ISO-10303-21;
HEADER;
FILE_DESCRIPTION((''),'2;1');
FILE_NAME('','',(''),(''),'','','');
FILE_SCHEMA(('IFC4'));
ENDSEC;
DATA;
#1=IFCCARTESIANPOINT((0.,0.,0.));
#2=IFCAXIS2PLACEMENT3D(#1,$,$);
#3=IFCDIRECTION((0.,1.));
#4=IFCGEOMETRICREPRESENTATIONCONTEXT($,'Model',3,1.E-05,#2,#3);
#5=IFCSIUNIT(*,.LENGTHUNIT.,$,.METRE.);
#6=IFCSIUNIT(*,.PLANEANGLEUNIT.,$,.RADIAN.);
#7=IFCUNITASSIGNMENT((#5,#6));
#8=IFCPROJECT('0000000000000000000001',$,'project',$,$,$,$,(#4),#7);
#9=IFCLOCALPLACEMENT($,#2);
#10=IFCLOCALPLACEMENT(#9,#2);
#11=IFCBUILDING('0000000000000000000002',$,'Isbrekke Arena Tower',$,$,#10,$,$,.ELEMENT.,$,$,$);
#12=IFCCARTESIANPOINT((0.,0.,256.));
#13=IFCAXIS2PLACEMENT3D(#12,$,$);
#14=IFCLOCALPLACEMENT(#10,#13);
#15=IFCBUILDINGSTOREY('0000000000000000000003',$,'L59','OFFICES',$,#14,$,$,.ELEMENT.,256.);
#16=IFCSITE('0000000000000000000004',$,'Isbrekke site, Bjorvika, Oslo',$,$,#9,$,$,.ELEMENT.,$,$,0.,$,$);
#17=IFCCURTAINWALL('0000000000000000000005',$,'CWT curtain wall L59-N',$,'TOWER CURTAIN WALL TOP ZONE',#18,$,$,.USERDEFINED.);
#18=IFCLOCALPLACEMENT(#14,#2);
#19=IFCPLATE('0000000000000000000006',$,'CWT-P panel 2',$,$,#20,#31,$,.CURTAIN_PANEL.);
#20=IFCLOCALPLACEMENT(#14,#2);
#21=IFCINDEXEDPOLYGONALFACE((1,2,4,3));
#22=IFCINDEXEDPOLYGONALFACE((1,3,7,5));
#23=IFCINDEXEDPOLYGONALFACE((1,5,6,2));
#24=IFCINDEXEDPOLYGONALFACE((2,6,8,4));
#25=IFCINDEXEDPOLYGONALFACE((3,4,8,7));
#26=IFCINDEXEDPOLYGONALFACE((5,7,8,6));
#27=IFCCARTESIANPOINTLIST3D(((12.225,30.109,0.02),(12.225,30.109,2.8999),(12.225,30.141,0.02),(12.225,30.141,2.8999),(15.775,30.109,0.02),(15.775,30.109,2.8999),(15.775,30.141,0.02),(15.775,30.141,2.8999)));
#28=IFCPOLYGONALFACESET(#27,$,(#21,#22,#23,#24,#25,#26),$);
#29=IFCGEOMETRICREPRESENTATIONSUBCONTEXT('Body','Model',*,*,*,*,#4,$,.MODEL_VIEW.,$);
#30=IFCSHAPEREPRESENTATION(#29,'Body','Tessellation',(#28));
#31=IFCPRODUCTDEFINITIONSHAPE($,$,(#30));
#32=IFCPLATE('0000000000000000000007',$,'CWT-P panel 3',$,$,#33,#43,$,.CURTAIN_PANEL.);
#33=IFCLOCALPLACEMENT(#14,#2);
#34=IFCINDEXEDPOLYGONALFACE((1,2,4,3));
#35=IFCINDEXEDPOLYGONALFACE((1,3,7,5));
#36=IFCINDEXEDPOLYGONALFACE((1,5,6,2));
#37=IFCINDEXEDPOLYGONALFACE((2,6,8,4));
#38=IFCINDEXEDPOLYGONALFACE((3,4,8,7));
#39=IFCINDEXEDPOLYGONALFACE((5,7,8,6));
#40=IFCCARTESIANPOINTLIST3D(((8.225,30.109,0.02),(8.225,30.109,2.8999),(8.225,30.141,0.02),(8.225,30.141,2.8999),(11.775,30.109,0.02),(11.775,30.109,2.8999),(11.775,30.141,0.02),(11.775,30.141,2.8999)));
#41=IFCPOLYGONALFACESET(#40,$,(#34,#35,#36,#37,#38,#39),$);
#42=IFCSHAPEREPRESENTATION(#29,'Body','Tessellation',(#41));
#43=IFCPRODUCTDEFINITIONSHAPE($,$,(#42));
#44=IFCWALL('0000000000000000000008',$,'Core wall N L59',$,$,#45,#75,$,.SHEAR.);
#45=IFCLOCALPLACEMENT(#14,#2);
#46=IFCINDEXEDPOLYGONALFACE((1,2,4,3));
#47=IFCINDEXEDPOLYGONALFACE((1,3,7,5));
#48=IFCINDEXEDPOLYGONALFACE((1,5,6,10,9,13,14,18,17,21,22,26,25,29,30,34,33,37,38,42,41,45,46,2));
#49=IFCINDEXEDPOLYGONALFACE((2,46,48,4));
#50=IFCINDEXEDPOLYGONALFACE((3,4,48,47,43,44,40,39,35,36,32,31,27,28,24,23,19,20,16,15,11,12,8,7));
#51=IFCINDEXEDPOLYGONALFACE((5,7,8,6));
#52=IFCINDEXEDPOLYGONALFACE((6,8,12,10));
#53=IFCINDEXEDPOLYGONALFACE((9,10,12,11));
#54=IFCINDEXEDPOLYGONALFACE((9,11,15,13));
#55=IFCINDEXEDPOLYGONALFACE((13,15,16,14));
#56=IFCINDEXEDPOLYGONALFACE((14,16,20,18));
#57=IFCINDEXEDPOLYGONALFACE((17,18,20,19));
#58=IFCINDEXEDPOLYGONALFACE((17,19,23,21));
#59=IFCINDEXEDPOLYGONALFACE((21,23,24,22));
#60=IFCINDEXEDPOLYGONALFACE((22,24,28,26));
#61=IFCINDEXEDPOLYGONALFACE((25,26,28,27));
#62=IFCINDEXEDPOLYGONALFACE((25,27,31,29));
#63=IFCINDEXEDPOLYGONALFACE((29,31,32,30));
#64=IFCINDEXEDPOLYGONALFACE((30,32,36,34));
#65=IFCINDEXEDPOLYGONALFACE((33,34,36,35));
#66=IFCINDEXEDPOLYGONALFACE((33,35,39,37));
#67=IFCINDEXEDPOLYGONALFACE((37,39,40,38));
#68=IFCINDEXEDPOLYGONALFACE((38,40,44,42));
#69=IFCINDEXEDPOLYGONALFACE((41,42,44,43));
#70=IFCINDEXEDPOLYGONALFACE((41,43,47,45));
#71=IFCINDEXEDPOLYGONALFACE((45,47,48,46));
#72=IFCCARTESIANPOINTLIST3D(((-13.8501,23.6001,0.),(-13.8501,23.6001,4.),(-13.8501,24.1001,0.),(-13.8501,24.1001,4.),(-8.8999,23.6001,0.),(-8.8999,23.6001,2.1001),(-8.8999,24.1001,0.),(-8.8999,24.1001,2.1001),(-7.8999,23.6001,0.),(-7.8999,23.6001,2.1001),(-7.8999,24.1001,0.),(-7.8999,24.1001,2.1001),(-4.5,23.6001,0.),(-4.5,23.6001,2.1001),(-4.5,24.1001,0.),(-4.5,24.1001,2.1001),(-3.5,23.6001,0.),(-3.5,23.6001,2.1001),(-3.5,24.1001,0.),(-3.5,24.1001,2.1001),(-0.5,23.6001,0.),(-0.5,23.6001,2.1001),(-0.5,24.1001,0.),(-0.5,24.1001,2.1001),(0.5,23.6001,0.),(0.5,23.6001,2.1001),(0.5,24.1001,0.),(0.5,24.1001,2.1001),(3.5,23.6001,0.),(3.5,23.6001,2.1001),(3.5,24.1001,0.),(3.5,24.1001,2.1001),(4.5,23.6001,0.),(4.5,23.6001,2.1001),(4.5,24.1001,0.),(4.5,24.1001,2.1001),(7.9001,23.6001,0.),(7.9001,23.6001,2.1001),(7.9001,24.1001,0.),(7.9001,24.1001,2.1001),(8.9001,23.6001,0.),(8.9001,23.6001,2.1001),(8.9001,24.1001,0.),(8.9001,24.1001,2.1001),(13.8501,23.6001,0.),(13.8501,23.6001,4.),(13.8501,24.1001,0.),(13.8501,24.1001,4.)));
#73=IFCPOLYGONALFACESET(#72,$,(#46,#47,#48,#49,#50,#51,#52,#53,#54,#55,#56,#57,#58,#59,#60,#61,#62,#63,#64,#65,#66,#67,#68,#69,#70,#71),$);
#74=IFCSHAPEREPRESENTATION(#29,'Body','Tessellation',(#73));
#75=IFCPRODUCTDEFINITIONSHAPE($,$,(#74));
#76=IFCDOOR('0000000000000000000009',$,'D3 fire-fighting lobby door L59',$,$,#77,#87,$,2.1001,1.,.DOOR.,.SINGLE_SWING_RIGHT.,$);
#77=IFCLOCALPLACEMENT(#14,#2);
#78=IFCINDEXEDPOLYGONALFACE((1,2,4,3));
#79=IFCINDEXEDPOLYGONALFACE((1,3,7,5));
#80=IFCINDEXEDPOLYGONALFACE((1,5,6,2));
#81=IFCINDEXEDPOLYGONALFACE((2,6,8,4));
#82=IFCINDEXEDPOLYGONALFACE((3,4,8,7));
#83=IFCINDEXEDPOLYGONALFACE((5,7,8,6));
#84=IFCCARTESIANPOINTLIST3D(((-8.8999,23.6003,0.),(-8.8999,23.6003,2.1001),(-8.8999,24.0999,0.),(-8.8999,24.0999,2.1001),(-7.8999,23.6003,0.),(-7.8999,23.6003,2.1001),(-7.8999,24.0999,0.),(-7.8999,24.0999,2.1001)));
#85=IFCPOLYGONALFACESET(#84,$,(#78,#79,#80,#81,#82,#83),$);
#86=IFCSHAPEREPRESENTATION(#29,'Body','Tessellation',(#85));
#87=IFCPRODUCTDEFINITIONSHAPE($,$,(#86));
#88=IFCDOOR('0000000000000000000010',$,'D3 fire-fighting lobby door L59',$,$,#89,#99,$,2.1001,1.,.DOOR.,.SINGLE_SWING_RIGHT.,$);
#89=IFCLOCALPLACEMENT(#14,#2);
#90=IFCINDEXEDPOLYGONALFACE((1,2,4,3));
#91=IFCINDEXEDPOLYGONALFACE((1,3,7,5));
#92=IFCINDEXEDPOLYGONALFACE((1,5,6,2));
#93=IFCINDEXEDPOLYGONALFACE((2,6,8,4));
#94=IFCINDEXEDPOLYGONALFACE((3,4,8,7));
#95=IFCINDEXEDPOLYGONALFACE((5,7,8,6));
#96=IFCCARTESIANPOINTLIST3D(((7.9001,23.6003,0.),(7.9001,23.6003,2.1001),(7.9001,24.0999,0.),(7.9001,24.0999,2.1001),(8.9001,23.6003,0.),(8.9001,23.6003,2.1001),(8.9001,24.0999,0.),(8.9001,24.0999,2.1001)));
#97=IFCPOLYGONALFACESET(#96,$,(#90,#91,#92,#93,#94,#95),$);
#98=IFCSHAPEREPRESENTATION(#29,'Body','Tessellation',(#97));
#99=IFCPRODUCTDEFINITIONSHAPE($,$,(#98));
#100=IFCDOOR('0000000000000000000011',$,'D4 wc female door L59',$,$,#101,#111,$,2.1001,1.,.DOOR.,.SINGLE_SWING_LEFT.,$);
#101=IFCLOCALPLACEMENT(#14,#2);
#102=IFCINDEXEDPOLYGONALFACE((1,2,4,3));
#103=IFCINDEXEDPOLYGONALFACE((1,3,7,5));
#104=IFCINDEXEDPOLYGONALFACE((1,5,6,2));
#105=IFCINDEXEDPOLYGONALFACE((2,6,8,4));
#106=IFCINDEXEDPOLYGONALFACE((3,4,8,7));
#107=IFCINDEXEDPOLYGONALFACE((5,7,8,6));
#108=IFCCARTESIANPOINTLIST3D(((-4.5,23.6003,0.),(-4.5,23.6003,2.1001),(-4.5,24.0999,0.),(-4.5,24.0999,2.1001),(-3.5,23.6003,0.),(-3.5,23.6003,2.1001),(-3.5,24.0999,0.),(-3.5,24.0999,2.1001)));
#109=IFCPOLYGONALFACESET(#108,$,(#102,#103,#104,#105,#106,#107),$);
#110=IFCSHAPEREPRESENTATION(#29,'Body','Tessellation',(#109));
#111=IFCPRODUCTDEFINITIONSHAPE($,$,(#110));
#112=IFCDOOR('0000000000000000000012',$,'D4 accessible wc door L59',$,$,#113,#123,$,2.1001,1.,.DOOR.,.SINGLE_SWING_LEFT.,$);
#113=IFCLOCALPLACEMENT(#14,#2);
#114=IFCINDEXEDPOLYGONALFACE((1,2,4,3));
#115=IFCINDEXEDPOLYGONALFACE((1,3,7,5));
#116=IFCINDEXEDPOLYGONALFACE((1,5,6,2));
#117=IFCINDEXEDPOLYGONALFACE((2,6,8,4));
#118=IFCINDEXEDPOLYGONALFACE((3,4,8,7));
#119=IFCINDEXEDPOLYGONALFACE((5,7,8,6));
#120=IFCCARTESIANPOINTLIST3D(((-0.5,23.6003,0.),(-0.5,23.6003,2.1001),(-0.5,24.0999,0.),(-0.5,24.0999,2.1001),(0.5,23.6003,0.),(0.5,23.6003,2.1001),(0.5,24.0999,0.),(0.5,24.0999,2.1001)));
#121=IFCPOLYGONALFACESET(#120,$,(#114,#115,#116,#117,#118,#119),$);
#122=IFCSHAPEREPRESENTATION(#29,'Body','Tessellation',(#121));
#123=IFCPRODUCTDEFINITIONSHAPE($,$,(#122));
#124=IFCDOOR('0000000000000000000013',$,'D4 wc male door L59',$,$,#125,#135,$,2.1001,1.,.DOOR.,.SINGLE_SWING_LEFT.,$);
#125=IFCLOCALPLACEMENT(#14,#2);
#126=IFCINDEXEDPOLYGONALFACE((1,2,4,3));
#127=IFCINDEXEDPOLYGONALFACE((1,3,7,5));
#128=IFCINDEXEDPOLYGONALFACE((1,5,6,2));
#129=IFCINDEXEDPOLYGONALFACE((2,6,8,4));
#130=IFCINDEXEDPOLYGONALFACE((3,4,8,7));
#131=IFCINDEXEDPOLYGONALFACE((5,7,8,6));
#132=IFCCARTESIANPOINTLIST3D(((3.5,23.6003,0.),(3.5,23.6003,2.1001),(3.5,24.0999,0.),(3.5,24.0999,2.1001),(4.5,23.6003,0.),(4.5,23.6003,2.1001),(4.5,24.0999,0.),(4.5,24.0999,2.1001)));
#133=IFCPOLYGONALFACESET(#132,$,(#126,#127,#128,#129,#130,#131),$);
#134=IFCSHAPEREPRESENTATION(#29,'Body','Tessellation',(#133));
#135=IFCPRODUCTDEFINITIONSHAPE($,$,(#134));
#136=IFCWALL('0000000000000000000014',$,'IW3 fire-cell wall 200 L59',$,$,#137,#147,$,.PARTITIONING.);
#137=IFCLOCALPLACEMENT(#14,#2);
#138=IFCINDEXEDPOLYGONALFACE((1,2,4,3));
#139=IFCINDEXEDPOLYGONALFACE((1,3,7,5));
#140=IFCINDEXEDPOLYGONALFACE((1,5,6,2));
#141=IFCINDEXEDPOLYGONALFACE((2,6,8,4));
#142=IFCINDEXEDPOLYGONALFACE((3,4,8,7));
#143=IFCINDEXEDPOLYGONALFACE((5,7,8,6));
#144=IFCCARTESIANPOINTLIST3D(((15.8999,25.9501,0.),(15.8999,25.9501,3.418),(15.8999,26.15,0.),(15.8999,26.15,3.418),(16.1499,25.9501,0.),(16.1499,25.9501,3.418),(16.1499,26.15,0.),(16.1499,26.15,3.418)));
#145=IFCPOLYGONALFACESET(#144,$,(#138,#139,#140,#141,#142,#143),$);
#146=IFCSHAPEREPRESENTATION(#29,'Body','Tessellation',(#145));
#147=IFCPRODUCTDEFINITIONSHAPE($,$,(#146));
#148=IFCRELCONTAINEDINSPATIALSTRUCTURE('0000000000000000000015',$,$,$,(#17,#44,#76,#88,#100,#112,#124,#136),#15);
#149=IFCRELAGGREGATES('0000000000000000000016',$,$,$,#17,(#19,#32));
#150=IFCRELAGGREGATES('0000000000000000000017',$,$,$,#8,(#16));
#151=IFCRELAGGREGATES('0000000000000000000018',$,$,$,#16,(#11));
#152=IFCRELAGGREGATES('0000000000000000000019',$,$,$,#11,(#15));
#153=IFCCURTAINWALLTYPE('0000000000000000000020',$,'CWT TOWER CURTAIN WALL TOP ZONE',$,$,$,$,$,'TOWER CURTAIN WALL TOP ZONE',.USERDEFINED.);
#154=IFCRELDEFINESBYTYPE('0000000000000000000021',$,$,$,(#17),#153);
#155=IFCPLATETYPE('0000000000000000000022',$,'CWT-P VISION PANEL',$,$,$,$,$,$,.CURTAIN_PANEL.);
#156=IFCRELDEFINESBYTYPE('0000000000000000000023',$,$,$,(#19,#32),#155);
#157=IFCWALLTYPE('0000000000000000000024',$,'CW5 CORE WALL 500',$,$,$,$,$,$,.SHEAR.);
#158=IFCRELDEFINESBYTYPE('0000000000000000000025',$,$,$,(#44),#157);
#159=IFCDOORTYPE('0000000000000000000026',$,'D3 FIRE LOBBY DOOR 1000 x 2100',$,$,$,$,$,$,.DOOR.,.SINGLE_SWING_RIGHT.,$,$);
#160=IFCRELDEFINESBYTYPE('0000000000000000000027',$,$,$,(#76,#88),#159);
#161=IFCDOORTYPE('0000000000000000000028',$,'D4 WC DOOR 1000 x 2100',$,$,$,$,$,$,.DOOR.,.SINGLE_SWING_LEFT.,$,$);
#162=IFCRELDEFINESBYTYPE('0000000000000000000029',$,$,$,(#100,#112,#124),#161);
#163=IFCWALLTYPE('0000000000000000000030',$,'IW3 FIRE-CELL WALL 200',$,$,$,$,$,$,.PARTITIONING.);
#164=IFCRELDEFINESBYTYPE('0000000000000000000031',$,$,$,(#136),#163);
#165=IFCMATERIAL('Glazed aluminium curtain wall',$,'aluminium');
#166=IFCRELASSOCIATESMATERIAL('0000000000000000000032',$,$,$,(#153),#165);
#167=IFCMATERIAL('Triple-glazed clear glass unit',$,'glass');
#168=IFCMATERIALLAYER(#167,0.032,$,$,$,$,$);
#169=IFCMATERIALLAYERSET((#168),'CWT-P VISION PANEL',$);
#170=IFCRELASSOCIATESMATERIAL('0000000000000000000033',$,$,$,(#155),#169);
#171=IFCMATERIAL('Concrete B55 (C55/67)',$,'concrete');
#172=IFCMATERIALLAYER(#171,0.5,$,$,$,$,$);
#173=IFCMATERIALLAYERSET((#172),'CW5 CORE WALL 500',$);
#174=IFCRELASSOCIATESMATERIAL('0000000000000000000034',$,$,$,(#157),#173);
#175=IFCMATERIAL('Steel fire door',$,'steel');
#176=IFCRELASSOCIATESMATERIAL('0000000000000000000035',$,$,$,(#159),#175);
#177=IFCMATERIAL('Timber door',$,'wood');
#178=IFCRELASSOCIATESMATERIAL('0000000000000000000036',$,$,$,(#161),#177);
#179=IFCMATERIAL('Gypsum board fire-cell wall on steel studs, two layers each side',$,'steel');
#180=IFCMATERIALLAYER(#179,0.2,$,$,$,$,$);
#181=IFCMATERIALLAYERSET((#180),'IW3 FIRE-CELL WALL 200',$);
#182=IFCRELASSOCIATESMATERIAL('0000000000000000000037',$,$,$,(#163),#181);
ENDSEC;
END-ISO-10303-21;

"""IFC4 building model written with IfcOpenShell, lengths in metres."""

from ifc_helpers import new_model, si_unit, direction, frame, frame_2d, origin, origin_2d, place, context, subcontext, project, spatial, rectangle, extrude, material, layer, layer_set, type_object, element, fill, aggregate, save


model = new_model("IFC4")

# Units and contexts
model_context = context("Model", 3, precision=1e-05, world=origin(), true_north=direction((0.0, 1.0)))
body_context = subcontext(model_context, "Body", "Model", "MODEL_VIEW")
ifc_project = project(units=[si_unit("LENGTHUNIT", "METRE"), si_unit("PLANEANGLEUNIT", "RADIAN")], contexts=[model_context])

# Site, building, storey
site_placement = place(None, origin())
site = spatial("IfcSite", under=ifc_project, at=site_placement, Name="Isbrekke site, Bjorvika, Oslo", CompositionType="ELEMENT", RefElevation=0.0)
building_placement = place(site_placement, origin())
building = spatial("IfcBuilding", under=site, at=building_placement, Name="Isbrekke Arena Tower", CompositionType="ELEMENT")
storey_placement = place(building_placement, frame((0.0, 0.0, 256.0)))
storey = spatial("IfcBuildingStorey", under=building, at=storey_placement, Name="L59", Description="OFFICES", CompositionType="ELEMENT", Elevation=256.0)

# Curtain wall
ifc_material_1 = material(Name="Glazed aluminium curtain wall", Category="aluminium")
curtain_wall_type = type_object("IfcCurtainWallType", Name="CWT TOWER CURTAIN WALL TOP ZONE", ElementType="TOWER CURTAIN WALL TOP ZONE", PredefinedType="USERDEFINED", material=ifc_material_1)
curtain_wall_placement = place(storey_placement, origin())
curtain_wall = element("IfcCurtainWall", 1, at=curtain_wall_placement, inside=storey, type_object=curtain_wall_type, Name="CWT curtain wall L59-N", ObjectType="TOWER CURTAIN WALL TOP ZONE", PredefinedType="USERDEFINED")

# Plates
ifc_material_2 = material(Name="Triple-glazed clear glass unit", Category="glass")
ifc_layer_1 = layer(ifc_material_2, 0.032)
ifc_layer_set_1 = layer_set([ifc_layer_1], Name="CWT-P VISION PANEL")
plate_type = type_object("IfcPlateType", Name="CWT-P VISION PANEL", PredefinedType="CURTAIN_PANEL", material=ifc_layer_set_1)
plate_1_placement = place(storey_placement, frame((14.0, 30.125, 0.02), z_axis=(0.0, 0.0, 1.0), x_axis=(-1.0, 0.0, 0.0)))
plate_1 = element("IfcPlate", 2, at=plate_1_placement, type_object=plate_type, Name="CWT-P panel 2", PredefinedType="CURTAIN_PANEL", context=body_context, shape_type="SweptSolid", body=[
    extrude(rectangle(XDim=3.55, YDim=0.032, at=origin_2d()), origin(), (0.0, 0.0, 1.0), 2.8799),
])
plate_2_placement = place(storey_placement, frame((10.0, 30.125, 0.02), z_axis=(0.0, 0.0, 1.0), x_axis=(-1.0, 0.0, 0.0)))
plate_2 = element("IfcPlate", 3, at=plate_2_placement, type_object=plate_type, Name="CWT-P panel 3", PredefinedType="CURTAIN_PANEL", context=body_context, shape_type="SweptSolid", body=[
    extrude(rectangle(XDim=3.55, YDim=0.032, at=origin_2d()), origin(), (0.0, 0.0, 1.0), 2.8799),
])
aggregate(curtain_wall, [plate_1, plate_2])

# Wall, openings, doors
ifc_material_3 = material(Name="Concrete B55 (C55/67)", Category="concrete")
ifc_layer_2 = layer(ifc_material_3, 0.5)
ifc_layer_set_2 = layer_set([ifc_layer_2], Name="CW5 CORE WALL 500")
wall_type_1 = type_object("IfcWallType", Name="CW5 CORE WALL 500", PredefinedType="SHEAR", material=ifc_layer_set_2)
wall_1_placement = place(storey_placement, frame((13.8501, 23.8501, 0.0), z_axis=(0.0, 0.0, 1.0), x_axis=(-1.0, 0.0, 0.0)))
wall_1 = element("IfcWall", 4, at=wall_1_placement, inside=storey, type_object=wall_type_1, Name="Core wall N L59", PredefinedType="SHEAR", context=body_context, shape_type="SweptSolid", body=[
    extrude(rectangle(XDim=27.7002, YDim=0.5, at=frame_2d((13.8501, 0.0))), origin(), (0.0, 0.0, 1.0), 4.0),
])
opening_1_placement = place(wall_1_placement, frame((21.75, 0.0, 0.0)))
opening_1 = element("IfcOpeningElement", 5, at=opening_1_placement, cuts=wall_1, PredefinedType="OPENING", context=body_context, shape_type="SweptSolid", body=[
    extrude(rectangle(XDim=1.0, YDim=2.1001, at=frame_2d((0.5, 1.05))), frame((0.0, 0.2649, 0.0), z_axis=(0.0, -1.0, 0.0), x_axis=(1.0, 0.0, 0.0)), (0.0, 0.0, 1.0), 0.5298),
])
opening_2_placement = place(wall_1_placement, frame((4.95, 0.0, 0.0)))
opening_2 = element("IfcOpeningElement", 6, at=opening_2_placement, cuts=wall_1, PredefinedType="OPENING", context=body_context, shape_type="SweptSolid", body=[
    extrude(rectangle(XDim=1.0, YDim=2.1001, at=frame_2d((0.5, 1.05))), frame((0.0, 0.2649, 0.0), z_axis=(0.0, -1.0, 0.0), x_axis=(1.0, 0.0, 0.0)), (0.0, 0.0, 1.0), 0.5298),
])
opening_3_placement = place(wall_1_placement, frame((17.3501, 0.0, 0.0)))
opening_3 = element("IfcOpeningElement", 7, at=opening_3_placement, cuts=wall_1, PredefinedType="OPENING", context=body_context, shape_type="SweptSolid", body=[
    extrude(rectangle(XDim=1.0, YDim=2.1001, at=frame_2d((0.5, 1.05))), frame((0.0, 0.2649, 0.0), z_axis=(0.0, -1.0, 0.0), x_axis=(1.0, 0.0, 0.0)), (0.0, 0.0, 1.0), 0.5298),
])
opening_4_placement = place(wall_1_placement, frame((13.3501, 0.0, 0.0)))
opening_4 = element("IfcOpeningElement", 8, at=opening_4_placement, cuts=wall_1, PredefinedType="OPENING", context=body_context, shape_type="SweptSolid", body=[
    extrude(rectangle(XDim=1.0, YDim=2.1001, at=frame_2d((0.5, 1.05))), frame((0.0, 0.2649, 0.0), z_axis=(0.0, -1.0, 0.0), x_axis=(1.0, 0.0, 0.0)), (0.0, 0.0, 1.0), 0.5298),
])
opening_5_placement = place(wall_1_placement, frame((9.3501, 0.0, 0.0)))
opening_5 = element("IfcOpeningElement", 9, at=opening_5_placement, cuts=wall_1, PredefinedType="OPENING", context=body_context, shape_type="SweptSolid", body=[
    extrude(rectangle(XDim=1.0, YDim=2.1001, at=frame_2d((0.5, 1.05))), frame((0.0, 0.2649, 0.0), z_axis=(0.0, -1.0, 0.0), x_axis=(1.0, 0.0, 0.0)), (0.0, 0.0, 1.0), 0.5298),
])
ifc_material_4 = material(Name="Steel fire door", Category="steel")
door_type_1 = type_object("IfcDoorType", Name="D3 FIRE LOBBY DOOR 1000 x 2100", OperationType="SINGLE_SWING_RIGHT", PredefinedType="DOOR", material=ifc_material_4)
door_1_placement = place(opening_1_placement, origin())
door_1 = element("IfcDoor", 10, at=door_1_placement, inside=storey, type_object=door_type_1, Name="D3 fire-fighting lobby door L59", OperationType="SINGLE_SWING_RIGHT", OverallHeight=2.1001, OverallWidth=1.0, PredefinedType="DOOR", context=body_context, shape_type="SweptSolid", body=[
    extrude(rectangle(XDim=1.0, YDim=2.1001, at=frame_2d((0.5, 1.05))), frame((0.0, 0.2498, 0.0), z_axis=(0.0, -1.0, 0.0), x_axis=(1.0, 0.0, 0.0)), (0.0, 0.0, 1.0), 0.4995),
])
fill(opening_1, door_1)
door_2_placement = place(opening_2_placement, origin())
door_2 = element("IfcDoor", 11, at=door_2_placement, inside=storey, type_object=door_type_1, Name="D3 fire-fighting lobby door L59", OperationType="SINGLE_SWING_RIGHT", OverallHeight=2.1001, OverallWidth=1.0, PredefinedType="DOOR", context=body_context, shape_type="SweptSolid", body=[
    extrude(rectangle(XDim=1.0, YDim=2.1001, at=frame_2d((0.5, 1.05))), frame((0.0, 0.2498, 0.0), z_axis=(0.0, -1.0, 0.0), x_axis=(1.0, 0.0, 0.0)), (0.0, 0.0, 1.0), 0.4995),
])
fill(opening_2, door_2)
ifc_material_5 = material(Name="Timber door", Category="wood")
door_type_2 = type_object("IfcDoorType", Name="D4 WC DOOR 1000 x 2100", OperationType="SINGLE_SWING_LEFT", PredefinedType="DOOR", material=ifc_material_5)
door_3_placement = place(opening_3_placement, origin())
door_3 = element("IfcDoor", 12, at=door_3_placement, inside=storey, type_object=door_type_2, Name="D4 wc female door L59", OperationType="SINGLE_SWING_LEFT", OverallHeight=2.1001, OverallWidth=1.0, PredefinedType="DOOR", context=body_context, shape_type="SweptSolid", body=[
    extrude(rectangle(XDim=1.0, YDim=2.1001, at=frame_2d((0.5, 1.05))), frame((0.0, 0.2498, 0.0), z_axis=(0.0, -1.0, 0.0), x_axis=(1.0, 0.0, 0.0)), (0.0, 0.0, 1.0), 0.4995),
])
fill(opening_3, door_3)
door_4_placement = place(opening_4_placement, origin())
door_4 = element("IfcDoor", 13, at=door_4_placement, inside=storey, type_object=door_type_2, Name="D4 accessible wc door L59", OperationType="SINGLE_SWING_LEFT", OverallHeight=2.1001, OverallWidth=1.0, PredefinedType="DOOR", context=body_context, shape_type="SweptSolid", body=[
    extrude(rectangle(XDim=1.0, YDim=2.1001, at=frame_2d((0.5, 1.05))), frame((0.0, 0.2498, 0.0), z_axis=(0.0, -1.0, 0.0), x_axis=(1.0, 0.0, 0.0)), (0.0, 0.0, 1.0), 0.4995),
])
fill(opening_4, door_4)
door_5_placement = place(opening_5_placement, origin())
door_5 = element("IfcDoor", 14, at=door_5_placement, inside=storey, type_object=door_type_2, Name="D4 wc male door L59", OperationType="SINGLE_SWING_LEFT", OverallHeight=2.1001, OverallWidth=1.0, PredefinedType="DOOR", context=body_context, shape_type="SweptSolid", body=[
    extrude(rectangle(XDim=1.0, YDim=2.1001, at=frame_2d((0.5, 1.05))), frame((0.0, 0.2498, 0.0), z_axis=(0.0, -1.0, 0.0), x_axis=(1.0, 0.0, 0.0)), (0.0, 0.0, 1.0), 0.4995),
])
fill(opening_5, door_5)

# Wall
ifc_material_6 = material(Name="Gypsum board fire-cell wall on steel studs, two layers each side", Category="steel")
ifc_layer_3 = layer(ifc_material_6, 0.2)
ifc_layer_set_3 = layer_set([ifc_layer_3], Name="IW3 FIRE-CELL WALL 200")
wall_type_2 = type_object("IfcWallType", Name="IW3 FIRE-CELL WALL 200", PredefinedType="PARTITIONING", material=ifc_layer_set_3)
wall_2_placement = place(storey_placement, frame((15.8999, 26.05, 0.0), z_axis=(0.0, 0.0, 1.0), x_axis=(1.0, 0.0, 0.0)))
element("IfcWall", 15, at=wall_2_placement, inside=storey, type_object=wall_type_2, Name="IW3 fire-cell wall 200 L59", PredefinedType="PARTITIONING", context=body_context, shape_type="SweptSolid", body=[
    extrude(rectangle(XDim=0.25, YDim=0.2, at=frame_2d((0.125, 0.0))), origin(), (0.0, 0.0, 1.0), 3.418),
])

save(model, "model.ifc")
